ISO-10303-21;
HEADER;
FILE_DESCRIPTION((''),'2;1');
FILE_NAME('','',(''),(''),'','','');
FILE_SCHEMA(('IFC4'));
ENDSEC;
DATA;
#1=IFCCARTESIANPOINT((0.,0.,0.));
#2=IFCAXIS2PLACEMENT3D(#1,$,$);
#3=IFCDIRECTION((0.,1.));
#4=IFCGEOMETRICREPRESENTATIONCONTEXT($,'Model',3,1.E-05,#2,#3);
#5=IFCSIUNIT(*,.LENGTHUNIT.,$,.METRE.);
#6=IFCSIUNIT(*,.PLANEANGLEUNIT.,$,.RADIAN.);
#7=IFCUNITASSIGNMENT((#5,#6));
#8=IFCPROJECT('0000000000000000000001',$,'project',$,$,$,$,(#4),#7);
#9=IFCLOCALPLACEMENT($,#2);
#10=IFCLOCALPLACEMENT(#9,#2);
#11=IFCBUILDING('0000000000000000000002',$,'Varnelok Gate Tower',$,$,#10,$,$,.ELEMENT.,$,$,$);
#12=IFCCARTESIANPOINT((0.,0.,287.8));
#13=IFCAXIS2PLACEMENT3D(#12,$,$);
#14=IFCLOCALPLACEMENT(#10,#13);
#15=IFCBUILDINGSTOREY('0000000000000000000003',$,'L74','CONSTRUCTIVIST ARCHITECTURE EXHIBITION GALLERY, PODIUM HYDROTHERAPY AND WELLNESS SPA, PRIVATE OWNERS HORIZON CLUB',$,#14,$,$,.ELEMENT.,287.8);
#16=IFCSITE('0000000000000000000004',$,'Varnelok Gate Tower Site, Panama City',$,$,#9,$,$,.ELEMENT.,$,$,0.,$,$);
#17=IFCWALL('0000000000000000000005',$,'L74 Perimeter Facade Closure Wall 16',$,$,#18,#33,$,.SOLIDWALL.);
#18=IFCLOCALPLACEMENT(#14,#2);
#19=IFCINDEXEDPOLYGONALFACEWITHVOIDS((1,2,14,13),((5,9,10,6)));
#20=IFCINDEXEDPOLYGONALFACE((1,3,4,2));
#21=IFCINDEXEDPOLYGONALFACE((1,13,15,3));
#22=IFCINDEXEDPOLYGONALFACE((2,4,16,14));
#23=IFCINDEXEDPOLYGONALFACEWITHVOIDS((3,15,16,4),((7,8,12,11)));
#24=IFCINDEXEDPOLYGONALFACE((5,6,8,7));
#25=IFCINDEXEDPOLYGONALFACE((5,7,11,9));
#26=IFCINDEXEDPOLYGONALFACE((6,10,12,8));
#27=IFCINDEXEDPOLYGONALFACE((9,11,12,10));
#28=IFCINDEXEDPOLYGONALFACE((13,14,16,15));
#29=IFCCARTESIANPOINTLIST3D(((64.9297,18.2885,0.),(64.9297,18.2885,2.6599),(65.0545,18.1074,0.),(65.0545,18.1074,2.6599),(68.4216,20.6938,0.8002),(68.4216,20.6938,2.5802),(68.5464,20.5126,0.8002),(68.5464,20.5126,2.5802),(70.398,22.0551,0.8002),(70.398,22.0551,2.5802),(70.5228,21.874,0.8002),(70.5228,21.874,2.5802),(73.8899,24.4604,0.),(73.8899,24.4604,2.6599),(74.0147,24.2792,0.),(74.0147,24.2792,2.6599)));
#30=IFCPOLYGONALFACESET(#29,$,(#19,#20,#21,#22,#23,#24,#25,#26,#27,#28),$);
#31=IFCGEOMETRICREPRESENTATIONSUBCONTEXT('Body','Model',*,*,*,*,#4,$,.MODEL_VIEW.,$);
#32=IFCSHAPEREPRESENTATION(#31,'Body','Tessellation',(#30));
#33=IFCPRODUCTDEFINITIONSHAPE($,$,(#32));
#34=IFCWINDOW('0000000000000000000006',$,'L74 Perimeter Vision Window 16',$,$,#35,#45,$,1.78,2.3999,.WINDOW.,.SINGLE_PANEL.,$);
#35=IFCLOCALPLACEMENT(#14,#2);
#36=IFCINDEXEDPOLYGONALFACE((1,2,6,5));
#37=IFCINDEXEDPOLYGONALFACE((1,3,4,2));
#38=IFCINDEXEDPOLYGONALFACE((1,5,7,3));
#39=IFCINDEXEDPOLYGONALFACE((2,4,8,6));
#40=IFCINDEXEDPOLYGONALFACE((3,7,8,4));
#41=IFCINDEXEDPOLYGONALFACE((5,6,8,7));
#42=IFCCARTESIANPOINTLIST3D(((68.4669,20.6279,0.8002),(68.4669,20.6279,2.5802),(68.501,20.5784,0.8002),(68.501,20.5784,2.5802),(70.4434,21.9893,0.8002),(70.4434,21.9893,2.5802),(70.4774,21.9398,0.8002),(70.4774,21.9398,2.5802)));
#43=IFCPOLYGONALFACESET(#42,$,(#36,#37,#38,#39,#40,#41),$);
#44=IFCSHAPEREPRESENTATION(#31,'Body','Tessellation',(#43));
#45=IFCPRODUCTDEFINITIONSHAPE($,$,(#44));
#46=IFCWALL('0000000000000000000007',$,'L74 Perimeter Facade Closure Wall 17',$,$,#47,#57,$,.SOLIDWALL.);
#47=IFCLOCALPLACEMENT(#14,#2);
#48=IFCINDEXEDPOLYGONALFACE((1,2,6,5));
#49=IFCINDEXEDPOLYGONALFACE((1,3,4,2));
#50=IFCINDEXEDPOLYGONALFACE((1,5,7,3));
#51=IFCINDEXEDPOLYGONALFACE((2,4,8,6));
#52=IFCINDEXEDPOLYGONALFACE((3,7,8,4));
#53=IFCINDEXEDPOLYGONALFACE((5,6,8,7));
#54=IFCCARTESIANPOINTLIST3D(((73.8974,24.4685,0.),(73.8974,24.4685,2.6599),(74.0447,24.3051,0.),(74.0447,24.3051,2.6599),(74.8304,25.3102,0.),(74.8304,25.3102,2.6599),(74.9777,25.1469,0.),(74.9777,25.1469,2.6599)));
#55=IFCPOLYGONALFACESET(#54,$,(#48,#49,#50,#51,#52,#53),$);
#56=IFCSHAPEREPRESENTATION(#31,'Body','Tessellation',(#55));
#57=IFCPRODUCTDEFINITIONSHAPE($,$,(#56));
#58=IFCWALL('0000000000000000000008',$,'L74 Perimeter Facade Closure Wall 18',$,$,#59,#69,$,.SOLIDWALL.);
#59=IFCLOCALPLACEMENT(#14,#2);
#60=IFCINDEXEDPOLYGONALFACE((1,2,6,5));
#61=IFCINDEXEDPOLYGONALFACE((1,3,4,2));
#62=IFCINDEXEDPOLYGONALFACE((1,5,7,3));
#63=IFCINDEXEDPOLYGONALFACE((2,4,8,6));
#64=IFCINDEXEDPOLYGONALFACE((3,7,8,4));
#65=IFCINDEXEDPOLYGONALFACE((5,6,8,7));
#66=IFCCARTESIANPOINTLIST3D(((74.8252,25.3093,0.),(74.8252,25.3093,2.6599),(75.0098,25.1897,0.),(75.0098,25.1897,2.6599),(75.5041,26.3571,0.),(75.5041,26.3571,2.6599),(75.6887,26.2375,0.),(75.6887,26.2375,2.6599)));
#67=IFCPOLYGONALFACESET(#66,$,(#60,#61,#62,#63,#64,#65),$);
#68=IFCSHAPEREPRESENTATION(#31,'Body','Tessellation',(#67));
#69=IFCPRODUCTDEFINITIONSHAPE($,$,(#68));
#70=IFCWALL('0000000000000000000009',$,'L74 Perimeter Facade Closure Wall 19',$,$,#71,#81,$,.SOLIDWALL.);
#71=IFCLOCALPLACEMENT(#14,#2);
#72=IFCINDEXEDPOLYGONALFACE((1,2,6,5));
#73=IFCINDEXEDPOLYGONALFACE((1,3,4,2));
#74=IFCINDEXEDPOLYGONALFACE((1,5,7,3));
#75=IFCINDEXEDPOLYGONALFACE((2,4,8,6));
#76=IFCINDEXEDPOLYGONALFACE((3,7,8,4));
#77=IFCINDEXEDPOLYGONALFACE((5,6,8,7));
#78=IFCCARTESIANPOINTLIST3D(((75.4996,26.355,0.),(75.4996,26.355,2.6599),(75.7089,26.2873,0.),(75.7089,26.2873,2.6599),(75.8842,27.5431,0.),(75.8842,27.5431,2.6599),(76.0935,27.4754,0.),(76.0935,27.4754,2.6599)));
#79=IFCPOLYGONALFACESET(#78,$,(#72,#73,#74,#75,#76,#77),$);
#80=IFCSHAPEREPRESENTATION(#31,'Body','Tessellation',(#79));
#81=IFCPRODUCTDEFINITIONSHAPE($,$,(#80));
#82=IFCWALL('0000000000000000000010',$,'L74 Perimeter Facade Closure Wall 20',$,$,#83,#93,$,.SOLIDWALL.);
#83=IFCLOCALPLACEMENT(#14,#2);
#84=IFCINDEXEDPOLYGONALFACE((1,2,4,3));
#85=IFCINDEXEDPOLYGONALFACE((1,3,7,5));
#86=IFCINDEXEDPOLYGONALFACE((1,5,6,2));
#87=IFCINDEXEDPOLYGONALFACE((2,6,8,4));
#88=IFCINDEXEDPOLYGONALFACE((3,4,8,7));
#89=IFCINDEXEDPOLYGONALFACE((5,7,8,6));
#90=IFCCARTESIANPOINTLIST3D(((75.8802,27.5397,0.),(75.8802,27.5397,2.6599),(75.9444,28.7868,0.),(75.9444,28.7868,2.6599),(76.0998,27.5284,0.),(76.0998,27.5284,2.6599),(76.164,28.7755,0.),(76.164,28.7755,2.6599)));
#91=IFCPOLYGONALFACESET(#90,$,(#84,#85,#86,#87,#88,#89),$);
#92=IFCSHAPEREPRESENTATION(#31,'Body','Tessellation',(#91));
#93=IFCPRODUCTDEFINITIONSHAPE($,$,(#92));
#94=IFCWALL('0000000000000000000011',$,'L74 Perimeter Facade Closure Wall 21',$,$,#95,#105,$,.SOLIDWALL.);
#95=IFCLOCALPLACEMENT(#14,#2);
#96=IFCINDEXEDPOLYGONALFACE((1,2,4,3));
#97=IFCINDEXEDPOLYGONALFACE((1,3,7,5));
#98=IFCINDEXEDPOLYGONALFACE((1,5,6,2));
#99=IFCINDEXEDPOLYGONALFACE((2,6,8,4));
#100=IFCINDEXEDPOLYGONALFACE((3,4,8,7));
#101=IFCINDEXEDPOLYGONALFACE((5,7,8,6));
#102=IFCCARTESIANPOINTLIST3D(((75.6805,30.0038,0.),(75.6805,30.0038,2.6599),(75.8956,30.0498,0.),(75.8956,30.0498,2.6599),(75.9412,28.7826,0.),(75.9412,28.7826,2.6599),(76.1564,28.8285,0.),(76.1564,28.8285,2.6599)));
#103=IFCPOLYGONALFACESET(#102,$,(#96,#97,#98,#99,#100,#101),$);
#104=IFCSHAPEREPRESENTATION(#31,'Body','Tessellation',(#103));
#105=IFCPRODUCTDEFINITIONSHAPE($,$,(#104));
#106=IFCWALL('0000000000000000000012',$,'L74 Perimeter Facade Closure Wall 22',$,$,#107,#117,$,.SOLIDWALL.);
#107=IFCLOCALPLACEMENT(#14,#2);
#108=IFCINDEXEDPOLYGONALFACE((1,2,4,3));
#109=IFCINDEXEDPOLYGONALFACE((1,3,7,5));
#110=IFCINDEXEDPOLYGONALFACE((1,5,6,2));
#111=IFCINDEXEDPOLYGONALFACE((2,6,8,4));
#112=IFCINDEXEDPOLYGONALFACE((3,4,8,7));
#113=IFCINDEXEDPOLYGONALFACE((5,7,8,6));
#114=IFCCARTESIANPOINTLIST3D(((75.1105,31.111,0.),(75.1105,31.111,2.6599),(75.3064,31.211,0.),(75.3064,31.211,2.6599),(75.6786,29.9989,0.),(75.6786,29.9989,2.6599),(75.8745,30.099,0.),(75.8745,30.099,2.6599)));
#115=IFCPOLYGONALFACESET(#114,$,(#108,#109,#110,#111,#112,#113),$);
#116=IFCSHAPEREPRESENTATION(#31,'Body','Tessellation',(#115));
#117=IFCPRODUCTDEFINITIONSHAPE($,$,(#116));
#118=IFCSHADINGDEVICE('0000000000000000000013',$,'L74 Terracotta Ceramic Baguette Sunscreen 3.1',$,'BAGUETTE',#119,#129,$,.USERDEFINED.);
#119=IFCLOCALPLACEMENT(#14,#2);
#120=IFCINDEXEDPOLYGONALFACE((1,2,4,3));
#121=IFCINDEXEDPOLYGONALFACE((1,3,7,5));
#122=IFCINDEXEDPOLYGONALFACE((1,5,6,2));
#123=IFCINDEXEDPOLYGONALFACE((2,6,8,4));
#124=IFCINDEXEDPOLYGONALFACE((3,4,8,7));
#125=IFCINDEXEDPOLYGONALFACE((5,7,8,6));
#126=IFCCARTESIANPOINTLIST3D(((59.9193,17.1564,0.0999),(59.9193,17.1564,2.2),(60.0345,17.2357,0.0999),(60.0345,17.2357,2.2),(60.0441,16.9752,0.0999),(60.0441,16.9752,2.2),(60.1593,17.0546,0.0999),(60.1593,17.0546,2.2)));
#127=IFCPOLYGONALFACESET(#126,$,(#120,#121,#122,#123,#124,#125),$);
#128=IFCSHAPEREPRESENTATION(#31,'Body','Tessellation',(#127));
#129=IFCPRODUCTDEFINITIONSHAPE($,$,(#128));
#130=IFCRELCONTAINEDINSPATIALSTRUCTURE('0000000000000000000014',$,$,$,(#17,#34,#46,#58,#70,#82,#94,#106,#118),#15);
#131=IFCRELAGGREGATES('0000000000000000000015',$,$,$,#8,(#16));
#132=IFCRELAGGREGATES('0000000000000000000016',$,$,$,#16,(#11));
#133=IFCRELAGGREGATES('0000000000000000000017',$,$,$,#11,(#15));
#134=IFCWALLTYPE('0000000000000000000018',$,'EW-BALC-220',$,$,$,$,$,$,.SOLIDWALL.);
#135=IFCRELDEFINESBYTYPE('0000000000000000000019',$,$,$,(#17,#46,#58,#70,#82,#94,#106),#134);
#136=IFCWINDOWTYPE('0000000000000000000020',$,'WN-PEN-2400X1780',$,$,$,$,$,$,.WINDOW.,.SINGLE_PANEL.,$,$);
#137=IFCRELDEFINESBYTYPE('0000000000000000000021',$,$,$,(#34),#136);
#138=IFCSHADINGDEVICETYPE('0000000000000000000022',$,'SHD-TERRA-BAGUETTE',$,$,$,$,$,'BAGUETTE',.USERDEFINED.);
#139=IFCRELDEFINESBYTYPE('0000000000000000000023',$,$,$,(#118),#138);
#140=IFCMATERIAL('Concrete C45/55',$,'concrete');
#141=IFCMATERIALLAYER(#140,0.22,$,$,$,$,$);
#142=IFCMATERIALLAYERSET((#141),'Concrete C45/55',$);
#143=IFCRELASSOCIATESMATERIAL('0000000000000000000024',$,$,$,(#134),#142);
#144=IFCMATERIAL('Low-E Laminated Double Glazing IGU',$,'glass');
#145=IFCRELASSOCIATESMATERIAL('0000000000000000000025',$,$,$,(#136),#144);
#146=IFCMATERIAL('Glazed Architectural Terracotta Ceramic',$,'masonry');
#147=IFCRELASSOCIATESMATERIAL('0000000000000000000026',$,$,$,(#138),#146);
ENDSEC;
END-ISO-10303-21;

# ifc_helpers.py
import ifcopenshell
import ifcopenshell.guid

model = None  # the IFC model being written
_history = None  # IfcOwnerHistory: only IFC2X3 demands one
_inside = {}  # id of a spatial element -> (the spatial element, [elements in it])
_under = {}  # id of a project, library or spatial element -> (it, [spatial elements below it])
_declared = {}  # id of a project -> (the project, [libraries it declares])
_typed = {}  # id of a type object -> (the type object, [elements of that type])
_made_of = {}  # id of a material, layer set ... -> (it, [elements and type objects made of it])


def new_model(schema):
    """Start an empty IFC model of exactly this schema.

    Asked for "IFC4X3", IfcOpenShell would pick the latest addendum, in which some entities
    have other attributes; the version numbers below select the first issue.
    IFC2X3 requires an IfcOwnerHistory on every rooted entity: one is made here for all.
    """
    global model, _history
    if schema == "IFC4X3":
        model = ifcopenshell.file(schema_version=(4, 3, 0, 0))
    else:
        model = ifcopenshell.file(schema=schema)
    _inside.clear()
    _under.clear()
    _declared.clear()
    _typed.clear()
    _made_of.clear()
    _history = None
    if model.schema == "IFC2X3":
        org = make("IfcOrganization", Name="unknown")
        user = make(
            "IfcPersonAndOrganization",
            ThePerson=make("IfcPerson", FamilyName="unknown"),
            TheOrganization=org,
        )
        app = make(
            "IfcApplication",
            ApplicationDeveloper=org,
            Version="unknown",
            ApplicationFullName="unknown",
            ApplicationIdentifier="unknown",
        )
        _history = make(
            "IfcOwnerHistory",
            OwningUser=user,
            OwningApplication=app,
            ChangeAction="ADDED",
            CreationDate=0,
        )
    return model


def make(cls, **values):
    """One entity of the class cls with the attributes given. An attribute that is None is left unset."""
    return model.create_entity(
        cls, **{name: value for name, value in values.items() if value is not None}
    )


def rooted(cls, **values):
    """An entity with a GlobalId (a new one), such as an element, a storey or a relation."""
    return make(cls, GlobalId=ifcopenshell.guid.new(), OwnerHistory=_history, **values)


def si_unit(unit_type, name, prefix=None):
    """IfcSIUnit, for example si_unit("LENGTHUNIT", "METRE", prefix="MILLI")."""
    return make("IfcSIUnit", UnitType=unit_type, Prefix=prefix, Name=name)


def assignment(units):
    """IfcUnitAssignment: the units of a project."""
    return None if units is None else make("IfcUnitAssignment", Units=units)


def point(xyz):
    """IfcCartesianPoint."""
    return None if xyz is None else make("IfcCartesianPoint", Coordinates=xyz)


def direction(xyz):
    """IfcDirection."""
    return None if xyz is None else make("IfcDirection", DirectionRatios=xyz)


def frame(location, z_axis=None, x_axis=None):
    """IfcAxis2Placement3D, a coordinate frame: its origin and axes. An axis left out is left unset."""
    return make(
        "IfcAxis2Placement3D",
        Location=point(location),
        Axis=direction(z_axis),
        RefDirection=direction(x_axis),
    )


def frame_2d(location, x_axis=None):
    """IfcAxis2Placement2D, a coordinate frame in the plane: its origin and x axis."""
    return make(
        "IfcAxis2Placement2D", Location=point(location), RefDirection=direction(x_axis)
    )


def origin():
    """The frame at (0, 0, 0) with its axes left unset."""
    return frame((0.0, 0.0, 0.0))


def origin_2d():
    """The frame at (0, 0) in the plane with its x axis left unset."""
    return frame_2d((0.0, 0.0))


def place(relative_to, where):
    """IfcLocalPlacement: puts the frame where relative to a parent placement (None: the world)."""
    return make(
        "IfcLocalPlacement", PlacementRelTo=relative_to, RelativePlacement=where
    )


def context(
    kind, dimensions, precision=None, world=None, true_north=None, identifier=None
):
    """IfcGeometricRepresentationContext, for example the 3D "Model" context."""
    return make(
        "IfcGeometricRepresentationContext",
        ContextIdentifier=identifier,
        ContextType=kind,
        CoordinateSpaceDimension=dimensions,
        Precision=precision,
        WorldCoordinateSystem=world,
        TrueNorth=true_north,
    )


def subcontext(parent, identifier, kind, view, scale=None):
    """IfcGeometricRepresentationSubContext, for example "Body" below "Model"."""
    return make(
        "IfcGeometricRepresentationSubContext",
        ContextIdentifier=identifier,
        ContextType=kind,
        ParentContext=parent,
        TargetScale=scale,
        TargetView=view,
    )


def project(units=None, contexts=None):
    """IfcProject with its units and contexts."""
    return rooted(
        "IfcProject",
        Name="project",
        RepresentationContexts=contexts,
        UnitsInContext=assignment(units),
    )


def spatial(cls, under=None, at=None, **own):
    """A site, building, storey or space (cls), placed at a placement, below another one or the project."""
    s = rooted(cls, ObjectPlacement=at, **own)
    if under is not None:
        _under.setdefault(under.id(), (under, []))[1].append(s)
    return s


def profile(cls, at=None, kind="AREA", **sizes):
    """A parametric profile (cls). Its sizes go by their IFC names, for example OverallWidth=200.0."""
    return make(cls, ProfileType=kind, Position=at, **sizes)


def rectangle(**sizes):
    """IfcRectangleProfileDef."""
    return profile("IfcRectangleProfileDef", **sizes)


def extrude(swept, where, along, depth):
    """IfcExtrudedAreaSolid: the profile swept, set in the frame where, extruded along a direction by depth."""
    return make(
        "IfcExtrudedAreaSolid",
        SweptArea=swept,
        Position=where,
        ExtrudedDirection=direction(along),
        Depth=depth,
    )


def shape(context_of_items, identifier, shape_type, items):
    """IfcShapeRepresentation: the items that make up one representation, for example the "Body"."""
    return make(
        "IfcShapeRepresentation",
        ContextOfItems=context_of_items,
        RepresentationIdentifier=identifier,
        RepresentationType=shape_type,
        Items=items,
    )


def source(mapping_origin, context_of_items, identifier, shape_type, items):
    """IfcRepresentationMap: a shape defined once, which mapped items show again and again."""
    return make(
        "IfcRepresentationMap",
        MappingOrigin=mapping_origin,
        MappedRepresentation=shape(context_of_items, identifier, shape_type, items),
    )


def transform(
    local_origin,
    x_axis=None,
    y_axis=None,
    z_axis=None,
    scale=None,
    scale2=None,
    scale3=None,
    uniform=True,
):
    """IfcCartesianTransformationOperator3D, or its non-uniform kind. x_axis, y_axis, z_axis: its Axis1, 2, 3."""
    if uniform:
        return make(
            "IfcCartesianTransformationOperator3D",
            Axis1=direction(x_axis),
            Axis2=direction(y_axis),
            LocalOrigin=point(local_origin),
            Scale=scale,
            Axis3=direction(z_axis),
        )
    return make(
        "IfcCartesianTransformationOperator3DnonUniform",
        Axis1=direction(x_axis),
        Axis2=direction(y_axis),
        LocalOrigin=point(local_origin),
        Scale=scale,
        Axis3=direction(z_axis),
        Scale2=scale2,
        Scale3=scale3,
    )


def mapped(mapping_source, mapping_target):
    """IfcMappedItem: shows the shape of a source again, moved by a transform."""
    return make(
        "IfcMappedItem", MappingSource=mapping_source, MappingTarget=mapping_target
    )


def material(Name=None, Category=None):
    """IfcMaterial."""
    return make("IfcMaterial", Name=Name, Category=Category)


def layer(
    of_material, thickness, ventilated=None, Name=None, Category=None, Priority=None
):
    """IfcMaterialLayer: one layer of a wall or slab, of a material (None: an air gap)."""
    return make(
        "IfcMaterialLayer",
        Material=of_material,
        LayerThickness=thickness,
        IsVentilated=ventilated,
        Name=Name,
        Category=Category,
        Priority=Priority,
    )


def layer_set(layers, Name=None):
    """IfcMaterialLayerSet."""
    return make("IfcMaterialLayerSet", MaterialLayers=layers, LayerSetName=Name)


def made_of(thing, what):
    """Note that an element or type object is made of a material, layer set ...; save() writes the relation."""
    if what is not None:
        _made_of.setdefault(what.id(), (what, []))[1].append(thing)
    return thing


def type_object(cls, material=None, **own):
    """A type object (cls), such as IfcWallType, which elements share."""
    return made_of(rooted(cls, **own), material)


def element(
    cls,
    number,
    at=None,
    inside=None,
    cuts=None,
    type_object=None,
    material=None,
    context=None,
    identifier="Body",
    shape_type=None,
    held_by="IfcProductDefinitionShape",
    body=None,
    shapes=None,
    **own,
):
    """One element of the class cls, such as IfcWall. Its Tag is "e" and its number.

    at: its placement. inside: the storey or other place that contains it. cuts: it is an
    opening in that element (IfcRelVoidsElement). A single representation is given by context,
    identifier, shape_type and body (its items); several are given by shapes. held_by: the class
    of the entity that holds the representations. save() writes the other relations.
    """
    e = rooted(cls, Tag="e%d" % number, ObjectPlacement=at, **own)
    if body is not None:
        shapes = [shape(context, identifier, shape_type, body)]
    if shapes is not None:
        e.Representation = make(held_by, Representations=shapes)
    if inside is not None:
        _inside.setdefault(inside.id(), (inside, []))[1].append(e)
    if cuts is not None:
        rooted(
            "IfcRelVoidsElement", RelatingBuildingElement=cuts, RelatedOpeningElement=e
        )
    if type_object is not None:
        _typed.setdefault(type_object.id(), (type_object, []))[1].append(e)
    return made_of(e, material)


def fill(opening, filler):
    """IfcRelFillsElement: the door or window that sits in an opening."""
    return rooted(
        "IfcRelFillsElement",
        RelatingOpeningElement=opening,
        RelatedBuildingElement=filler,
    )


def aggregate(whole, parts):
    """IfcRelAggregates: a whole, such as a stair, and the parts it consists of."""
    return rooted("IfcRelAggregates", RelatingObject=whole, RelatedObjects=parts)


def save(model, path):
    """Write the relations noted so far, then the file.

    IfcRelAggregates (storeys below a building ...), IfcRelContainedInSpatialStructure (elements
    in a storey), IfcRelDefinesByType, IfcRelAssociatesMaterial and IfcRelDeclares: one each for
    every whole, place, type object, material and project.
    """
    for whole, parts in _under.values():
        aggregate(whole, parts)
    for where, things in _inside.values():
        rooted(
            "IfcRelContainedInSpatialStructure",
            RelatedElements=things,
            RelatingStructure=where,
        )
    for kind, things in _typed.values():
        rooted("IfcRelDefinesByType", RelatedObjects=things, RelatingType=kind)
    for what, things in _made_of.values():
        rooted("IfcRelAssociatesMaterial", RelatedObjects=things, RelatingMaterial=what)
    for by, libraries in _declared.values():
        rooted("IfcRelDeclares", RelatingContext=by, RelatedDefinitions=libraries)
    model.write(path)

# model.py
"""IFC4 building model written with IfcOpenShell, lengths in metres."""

from ifc_helpers import new_model, si_unit, direction, frame, frame_2d, origin, origin_2d, place, context, subcontext, project, spatial, rectangle, extrude, source, transform, mapped, material, layer, layer_set, type_object, element, fill, save


model = new_model("IFC4")

# Units and contexts
model_context = context("Model", 3, precision=1e-05, world=origin(), true_north=direction((0.0, 1.0)))
body_context = subcontext(model_context, "Body", "Model", "MODEL_VIEW")
ifc_project = project(units=[si_unit("LENGTHUNIT", "METRE"), si_unit("PLANEANGLEUNIT", "RADIAN")], contexts=[model_context])

# Site, building, storey
site_placement = place(None, origin())
site = spatial("IfcSite", under=ifc_project, at=site_placement, Name="Varnelok Gate Tower Site, Panama City", CompositionType="ELEMENT", RefElevation=0.0)
building_placement = place(site_placement, origin())
building = spatial("IfcBuilding", under=site, at=building_placement, Name="Varnelok Gate Tower", CompositionType="ELEMENT")
storey_placement = place(building_placement, frame((0.0, 0.0, 287.8)))
storey = spatial("IfcBuildingStorey", under=building, at=storey_placement, Name="L74", Description="CONSTRUCTIVIST ARCHITECTURE EXHIBITION GALLERY, PODIUM HYDROTHERAPY AND WELLNESS SPA, PRIVATE OWNERS HORIZON CLUB", CompositionType="ELEMENT", Elevation=287.8)

# Shared definitions
ifc_material_1 = material(Name="Low-E Laminated Double Glazing IGU", Category="glass")

# Shared definitions
ifc_material_2 = material(Name="Concrete C45/55", Category="concrete")
ifc_layer_1 = layer(ifc_material_2, 0.22)
ifc_layer_set_1 = layer_set([ifc_layer_1], Name="Concrete C45/55")
wall_type = type_object("IfcWallType", Name="EW-BALC-220", PredefinedType="SOLIDWALL", material=ifc_layer_set_1)

# Wall, opening, window
wall_1_placement = place(storey_placement, frame((64.9922, 18.198, 0.0), z_axis=(0.0, 0.0, 1.0), x_axis=(0.823538, 0.567261, 0.0)))
wall_1 = element("IfcWall", 1, at=wall_1_placement, inside=storey, type_object=wall_type, Name="L74 Perimeter Facade Closure Wall 16", PredefinedType="SOLIDWALL", context=body_context, shape_type="SweptSolid", body=[
    extrude(rectangle(XDim=10.8801, YDim=0.22, at=frame_2d((5.4399, 0.0))), origin(), (0.0, 0.0, 1.0), 2.6599),
])
opening_1_placement = place(wall_1_placement, frame((4.24, 0.0, 0.8)))
opening_1 = element("IfcOpeningElement", 2, at=opening_1_placement, cuts=wall_1, PredefinedType="OPENING", context=body_context, shape_type="SweptSolid", body=[
    extrude(rectangle(XDim=2.3999, YDim=1.78, at=frame_2d((1.2, 0.8901))), frame((0.0, 0.1199, 0.0), z_axis=(0.0, -1.0, 0.0), x_axis=(1.0, 0.0, 0.0)), (0.0, 0.0, 1.0), 0.24),
])
window_type = type_object("IfcWindowType", Name="WN-PEN-2400X1780", PartitioningType="SINGLE_PANEL", PredefinedType="WINDOW", material=ifc_material_1)
window_placement = place(opening_1_placement, origin())
window = element("IfcWindow", 3, at=window_placement, inside=storey, type_object=window_type, Name="L74 Perimeter Vision Window 16", OverallHeight=1.78, OverallWidth=2.3999, PartitioningType="SINGLE_PANEL", PredefinedType="WINDOW", context=body_context, shape_type="SweptSolid", body=[
    extrude(rectangle(XDim=2.3999, YDim=1.78, at=frame_2d((1.2, 0.8901))), frame((0.0, 0.03, 0.0), z_axis=(0.0, -1.0, 0.0), x_axis=(1.0, 0.0, 0.0)), (0.0, 0.0, 1.0), 0.0601),
])
fill(opening_1, window)

# Walls
wall_2_placement = place(storey_placement, frame((73.9709, 24.3867, 0.0), z_axis=(0.0, 0.0, 1.0), x_axis=(0.742502, 0.669844, 0.0)))
element("IfcWall", 4, at=wall_2_placement, inside=storey, type_object=wall_type, Name="L74 Perimeter Facade Closure Wall 17", PredefinedType="SOLIDWALL", context=body_context, shape_type="SweptSolid", body=[
    extrude(rectangle(XDim=1.2566, YDim=0.22, at=frame_2d((0.6284, 0.0))), origin(), (0.0, 0.0, 1.0), 2.6599),
])
wall_3_placement = place(storey_placement, frame((74.9175, 25.2495, 0.0), z_axis=(0.0, 0.0, 1.0), x_axis=(0.543778, 0.839229, 0.0)))
element("IfcWall", 5, at=wall_3_placement, inside=storey, type_object=wall_type, Name="L74 Perimeter Facade Closure Wall 18", PredefinedType="SOLIDWALL", context=body_context, shape_type="SweptSolid", body=[
    extrude(rectangle(XDim=1.2485, YDim=0.22, at=frame_2d((0.6243, 0.0))), origin(), (0.0, 0.0, 1.0), 2.6599),
])
for number, where, z_axis, x_axis, name in (
    (6, (75.6042, 26.321, 0.0), (0.0, 0.0, 1.0), (0.307945, 0.951404, 0.0), "L74 Perimeter Facade Closure Wall 19"),
    (7, (75.99, 27.5339, 0.0), (0.0, 0.0, 1.0), (0.05142, 0.998677, 0.0), "L74 Perimeter Facade Closure Wall 20"),
    (8, (76.0488, 28.8054, 0.0), (0.0, 0.0, 1.0), (-0.208808, 0.977957, 0.0), "L74 Perimeter Facade Closure Wall 21"),
    (9, (75.7766, 30.0488, 0.0), (0.0, 0.0, 1.0), (-0.454939, 0.890523, 0.0), "L74 Perimeter Facade Closure Wall 22"),
):
    element("IfcWall", number, at=place(storey_placement, frame(where, z_axis=z_axis, x_axis=x_axis)), inside=storey, type_object=wall_type, Name=name, PredefinedType="SOLIDWALL", context=body_context, shape_type="SweptSolid", body=[
        extrude(rectangle(XDim=1.2488, YDim=0.22, at=frame_2d((0.6245, 0.0))), origin(), (0.0, 0.0, 1.0), 2.6599),
    ])

# Shading device
ifc_material_3 = material(Name="Glazed Architectural Terracotta Ceramic", Category="masonry")
shading_device_type = type_object("IfcShadingDeviceType", Name="SHD-TERRA-BAGUETTE", ElementType="BAGUETTE", PredefinedType="USERDEFINED", material=ifc_material_3)
shared_shape_1 = source(origin(), body_context, "Body", "SweptSolid", [
    extrude(rectangle(XDim=0.1399, YDim=0.22, at=origin_2d()), origin(), (0.0, 0.0, 1.0), 2.1001),
])
shading_device_placement = place(storey_placement, frame((60.0393, 17.1055, 0.0999), z_axis=(0.0, 0.0, 1.0), x_axis=(0.823533, 0.567269, 0.0)))
element("IfcShadingDevice", 10, at=shading_device_placement, inside=storey, type_object=shading_device_type, Name="L74 Terracotta Ceramic Baguette Sunscreen 3.1", ObjectType="BAGUETTE", PredefinedType="USERDEFINED", context=body_context, shape_type="MappedRepresentation", body=[
    mapped(shared_shape_1, transform((0.0, 0.0, 0.0), scale=1.0)),
])

save(model, "model.ifc")
